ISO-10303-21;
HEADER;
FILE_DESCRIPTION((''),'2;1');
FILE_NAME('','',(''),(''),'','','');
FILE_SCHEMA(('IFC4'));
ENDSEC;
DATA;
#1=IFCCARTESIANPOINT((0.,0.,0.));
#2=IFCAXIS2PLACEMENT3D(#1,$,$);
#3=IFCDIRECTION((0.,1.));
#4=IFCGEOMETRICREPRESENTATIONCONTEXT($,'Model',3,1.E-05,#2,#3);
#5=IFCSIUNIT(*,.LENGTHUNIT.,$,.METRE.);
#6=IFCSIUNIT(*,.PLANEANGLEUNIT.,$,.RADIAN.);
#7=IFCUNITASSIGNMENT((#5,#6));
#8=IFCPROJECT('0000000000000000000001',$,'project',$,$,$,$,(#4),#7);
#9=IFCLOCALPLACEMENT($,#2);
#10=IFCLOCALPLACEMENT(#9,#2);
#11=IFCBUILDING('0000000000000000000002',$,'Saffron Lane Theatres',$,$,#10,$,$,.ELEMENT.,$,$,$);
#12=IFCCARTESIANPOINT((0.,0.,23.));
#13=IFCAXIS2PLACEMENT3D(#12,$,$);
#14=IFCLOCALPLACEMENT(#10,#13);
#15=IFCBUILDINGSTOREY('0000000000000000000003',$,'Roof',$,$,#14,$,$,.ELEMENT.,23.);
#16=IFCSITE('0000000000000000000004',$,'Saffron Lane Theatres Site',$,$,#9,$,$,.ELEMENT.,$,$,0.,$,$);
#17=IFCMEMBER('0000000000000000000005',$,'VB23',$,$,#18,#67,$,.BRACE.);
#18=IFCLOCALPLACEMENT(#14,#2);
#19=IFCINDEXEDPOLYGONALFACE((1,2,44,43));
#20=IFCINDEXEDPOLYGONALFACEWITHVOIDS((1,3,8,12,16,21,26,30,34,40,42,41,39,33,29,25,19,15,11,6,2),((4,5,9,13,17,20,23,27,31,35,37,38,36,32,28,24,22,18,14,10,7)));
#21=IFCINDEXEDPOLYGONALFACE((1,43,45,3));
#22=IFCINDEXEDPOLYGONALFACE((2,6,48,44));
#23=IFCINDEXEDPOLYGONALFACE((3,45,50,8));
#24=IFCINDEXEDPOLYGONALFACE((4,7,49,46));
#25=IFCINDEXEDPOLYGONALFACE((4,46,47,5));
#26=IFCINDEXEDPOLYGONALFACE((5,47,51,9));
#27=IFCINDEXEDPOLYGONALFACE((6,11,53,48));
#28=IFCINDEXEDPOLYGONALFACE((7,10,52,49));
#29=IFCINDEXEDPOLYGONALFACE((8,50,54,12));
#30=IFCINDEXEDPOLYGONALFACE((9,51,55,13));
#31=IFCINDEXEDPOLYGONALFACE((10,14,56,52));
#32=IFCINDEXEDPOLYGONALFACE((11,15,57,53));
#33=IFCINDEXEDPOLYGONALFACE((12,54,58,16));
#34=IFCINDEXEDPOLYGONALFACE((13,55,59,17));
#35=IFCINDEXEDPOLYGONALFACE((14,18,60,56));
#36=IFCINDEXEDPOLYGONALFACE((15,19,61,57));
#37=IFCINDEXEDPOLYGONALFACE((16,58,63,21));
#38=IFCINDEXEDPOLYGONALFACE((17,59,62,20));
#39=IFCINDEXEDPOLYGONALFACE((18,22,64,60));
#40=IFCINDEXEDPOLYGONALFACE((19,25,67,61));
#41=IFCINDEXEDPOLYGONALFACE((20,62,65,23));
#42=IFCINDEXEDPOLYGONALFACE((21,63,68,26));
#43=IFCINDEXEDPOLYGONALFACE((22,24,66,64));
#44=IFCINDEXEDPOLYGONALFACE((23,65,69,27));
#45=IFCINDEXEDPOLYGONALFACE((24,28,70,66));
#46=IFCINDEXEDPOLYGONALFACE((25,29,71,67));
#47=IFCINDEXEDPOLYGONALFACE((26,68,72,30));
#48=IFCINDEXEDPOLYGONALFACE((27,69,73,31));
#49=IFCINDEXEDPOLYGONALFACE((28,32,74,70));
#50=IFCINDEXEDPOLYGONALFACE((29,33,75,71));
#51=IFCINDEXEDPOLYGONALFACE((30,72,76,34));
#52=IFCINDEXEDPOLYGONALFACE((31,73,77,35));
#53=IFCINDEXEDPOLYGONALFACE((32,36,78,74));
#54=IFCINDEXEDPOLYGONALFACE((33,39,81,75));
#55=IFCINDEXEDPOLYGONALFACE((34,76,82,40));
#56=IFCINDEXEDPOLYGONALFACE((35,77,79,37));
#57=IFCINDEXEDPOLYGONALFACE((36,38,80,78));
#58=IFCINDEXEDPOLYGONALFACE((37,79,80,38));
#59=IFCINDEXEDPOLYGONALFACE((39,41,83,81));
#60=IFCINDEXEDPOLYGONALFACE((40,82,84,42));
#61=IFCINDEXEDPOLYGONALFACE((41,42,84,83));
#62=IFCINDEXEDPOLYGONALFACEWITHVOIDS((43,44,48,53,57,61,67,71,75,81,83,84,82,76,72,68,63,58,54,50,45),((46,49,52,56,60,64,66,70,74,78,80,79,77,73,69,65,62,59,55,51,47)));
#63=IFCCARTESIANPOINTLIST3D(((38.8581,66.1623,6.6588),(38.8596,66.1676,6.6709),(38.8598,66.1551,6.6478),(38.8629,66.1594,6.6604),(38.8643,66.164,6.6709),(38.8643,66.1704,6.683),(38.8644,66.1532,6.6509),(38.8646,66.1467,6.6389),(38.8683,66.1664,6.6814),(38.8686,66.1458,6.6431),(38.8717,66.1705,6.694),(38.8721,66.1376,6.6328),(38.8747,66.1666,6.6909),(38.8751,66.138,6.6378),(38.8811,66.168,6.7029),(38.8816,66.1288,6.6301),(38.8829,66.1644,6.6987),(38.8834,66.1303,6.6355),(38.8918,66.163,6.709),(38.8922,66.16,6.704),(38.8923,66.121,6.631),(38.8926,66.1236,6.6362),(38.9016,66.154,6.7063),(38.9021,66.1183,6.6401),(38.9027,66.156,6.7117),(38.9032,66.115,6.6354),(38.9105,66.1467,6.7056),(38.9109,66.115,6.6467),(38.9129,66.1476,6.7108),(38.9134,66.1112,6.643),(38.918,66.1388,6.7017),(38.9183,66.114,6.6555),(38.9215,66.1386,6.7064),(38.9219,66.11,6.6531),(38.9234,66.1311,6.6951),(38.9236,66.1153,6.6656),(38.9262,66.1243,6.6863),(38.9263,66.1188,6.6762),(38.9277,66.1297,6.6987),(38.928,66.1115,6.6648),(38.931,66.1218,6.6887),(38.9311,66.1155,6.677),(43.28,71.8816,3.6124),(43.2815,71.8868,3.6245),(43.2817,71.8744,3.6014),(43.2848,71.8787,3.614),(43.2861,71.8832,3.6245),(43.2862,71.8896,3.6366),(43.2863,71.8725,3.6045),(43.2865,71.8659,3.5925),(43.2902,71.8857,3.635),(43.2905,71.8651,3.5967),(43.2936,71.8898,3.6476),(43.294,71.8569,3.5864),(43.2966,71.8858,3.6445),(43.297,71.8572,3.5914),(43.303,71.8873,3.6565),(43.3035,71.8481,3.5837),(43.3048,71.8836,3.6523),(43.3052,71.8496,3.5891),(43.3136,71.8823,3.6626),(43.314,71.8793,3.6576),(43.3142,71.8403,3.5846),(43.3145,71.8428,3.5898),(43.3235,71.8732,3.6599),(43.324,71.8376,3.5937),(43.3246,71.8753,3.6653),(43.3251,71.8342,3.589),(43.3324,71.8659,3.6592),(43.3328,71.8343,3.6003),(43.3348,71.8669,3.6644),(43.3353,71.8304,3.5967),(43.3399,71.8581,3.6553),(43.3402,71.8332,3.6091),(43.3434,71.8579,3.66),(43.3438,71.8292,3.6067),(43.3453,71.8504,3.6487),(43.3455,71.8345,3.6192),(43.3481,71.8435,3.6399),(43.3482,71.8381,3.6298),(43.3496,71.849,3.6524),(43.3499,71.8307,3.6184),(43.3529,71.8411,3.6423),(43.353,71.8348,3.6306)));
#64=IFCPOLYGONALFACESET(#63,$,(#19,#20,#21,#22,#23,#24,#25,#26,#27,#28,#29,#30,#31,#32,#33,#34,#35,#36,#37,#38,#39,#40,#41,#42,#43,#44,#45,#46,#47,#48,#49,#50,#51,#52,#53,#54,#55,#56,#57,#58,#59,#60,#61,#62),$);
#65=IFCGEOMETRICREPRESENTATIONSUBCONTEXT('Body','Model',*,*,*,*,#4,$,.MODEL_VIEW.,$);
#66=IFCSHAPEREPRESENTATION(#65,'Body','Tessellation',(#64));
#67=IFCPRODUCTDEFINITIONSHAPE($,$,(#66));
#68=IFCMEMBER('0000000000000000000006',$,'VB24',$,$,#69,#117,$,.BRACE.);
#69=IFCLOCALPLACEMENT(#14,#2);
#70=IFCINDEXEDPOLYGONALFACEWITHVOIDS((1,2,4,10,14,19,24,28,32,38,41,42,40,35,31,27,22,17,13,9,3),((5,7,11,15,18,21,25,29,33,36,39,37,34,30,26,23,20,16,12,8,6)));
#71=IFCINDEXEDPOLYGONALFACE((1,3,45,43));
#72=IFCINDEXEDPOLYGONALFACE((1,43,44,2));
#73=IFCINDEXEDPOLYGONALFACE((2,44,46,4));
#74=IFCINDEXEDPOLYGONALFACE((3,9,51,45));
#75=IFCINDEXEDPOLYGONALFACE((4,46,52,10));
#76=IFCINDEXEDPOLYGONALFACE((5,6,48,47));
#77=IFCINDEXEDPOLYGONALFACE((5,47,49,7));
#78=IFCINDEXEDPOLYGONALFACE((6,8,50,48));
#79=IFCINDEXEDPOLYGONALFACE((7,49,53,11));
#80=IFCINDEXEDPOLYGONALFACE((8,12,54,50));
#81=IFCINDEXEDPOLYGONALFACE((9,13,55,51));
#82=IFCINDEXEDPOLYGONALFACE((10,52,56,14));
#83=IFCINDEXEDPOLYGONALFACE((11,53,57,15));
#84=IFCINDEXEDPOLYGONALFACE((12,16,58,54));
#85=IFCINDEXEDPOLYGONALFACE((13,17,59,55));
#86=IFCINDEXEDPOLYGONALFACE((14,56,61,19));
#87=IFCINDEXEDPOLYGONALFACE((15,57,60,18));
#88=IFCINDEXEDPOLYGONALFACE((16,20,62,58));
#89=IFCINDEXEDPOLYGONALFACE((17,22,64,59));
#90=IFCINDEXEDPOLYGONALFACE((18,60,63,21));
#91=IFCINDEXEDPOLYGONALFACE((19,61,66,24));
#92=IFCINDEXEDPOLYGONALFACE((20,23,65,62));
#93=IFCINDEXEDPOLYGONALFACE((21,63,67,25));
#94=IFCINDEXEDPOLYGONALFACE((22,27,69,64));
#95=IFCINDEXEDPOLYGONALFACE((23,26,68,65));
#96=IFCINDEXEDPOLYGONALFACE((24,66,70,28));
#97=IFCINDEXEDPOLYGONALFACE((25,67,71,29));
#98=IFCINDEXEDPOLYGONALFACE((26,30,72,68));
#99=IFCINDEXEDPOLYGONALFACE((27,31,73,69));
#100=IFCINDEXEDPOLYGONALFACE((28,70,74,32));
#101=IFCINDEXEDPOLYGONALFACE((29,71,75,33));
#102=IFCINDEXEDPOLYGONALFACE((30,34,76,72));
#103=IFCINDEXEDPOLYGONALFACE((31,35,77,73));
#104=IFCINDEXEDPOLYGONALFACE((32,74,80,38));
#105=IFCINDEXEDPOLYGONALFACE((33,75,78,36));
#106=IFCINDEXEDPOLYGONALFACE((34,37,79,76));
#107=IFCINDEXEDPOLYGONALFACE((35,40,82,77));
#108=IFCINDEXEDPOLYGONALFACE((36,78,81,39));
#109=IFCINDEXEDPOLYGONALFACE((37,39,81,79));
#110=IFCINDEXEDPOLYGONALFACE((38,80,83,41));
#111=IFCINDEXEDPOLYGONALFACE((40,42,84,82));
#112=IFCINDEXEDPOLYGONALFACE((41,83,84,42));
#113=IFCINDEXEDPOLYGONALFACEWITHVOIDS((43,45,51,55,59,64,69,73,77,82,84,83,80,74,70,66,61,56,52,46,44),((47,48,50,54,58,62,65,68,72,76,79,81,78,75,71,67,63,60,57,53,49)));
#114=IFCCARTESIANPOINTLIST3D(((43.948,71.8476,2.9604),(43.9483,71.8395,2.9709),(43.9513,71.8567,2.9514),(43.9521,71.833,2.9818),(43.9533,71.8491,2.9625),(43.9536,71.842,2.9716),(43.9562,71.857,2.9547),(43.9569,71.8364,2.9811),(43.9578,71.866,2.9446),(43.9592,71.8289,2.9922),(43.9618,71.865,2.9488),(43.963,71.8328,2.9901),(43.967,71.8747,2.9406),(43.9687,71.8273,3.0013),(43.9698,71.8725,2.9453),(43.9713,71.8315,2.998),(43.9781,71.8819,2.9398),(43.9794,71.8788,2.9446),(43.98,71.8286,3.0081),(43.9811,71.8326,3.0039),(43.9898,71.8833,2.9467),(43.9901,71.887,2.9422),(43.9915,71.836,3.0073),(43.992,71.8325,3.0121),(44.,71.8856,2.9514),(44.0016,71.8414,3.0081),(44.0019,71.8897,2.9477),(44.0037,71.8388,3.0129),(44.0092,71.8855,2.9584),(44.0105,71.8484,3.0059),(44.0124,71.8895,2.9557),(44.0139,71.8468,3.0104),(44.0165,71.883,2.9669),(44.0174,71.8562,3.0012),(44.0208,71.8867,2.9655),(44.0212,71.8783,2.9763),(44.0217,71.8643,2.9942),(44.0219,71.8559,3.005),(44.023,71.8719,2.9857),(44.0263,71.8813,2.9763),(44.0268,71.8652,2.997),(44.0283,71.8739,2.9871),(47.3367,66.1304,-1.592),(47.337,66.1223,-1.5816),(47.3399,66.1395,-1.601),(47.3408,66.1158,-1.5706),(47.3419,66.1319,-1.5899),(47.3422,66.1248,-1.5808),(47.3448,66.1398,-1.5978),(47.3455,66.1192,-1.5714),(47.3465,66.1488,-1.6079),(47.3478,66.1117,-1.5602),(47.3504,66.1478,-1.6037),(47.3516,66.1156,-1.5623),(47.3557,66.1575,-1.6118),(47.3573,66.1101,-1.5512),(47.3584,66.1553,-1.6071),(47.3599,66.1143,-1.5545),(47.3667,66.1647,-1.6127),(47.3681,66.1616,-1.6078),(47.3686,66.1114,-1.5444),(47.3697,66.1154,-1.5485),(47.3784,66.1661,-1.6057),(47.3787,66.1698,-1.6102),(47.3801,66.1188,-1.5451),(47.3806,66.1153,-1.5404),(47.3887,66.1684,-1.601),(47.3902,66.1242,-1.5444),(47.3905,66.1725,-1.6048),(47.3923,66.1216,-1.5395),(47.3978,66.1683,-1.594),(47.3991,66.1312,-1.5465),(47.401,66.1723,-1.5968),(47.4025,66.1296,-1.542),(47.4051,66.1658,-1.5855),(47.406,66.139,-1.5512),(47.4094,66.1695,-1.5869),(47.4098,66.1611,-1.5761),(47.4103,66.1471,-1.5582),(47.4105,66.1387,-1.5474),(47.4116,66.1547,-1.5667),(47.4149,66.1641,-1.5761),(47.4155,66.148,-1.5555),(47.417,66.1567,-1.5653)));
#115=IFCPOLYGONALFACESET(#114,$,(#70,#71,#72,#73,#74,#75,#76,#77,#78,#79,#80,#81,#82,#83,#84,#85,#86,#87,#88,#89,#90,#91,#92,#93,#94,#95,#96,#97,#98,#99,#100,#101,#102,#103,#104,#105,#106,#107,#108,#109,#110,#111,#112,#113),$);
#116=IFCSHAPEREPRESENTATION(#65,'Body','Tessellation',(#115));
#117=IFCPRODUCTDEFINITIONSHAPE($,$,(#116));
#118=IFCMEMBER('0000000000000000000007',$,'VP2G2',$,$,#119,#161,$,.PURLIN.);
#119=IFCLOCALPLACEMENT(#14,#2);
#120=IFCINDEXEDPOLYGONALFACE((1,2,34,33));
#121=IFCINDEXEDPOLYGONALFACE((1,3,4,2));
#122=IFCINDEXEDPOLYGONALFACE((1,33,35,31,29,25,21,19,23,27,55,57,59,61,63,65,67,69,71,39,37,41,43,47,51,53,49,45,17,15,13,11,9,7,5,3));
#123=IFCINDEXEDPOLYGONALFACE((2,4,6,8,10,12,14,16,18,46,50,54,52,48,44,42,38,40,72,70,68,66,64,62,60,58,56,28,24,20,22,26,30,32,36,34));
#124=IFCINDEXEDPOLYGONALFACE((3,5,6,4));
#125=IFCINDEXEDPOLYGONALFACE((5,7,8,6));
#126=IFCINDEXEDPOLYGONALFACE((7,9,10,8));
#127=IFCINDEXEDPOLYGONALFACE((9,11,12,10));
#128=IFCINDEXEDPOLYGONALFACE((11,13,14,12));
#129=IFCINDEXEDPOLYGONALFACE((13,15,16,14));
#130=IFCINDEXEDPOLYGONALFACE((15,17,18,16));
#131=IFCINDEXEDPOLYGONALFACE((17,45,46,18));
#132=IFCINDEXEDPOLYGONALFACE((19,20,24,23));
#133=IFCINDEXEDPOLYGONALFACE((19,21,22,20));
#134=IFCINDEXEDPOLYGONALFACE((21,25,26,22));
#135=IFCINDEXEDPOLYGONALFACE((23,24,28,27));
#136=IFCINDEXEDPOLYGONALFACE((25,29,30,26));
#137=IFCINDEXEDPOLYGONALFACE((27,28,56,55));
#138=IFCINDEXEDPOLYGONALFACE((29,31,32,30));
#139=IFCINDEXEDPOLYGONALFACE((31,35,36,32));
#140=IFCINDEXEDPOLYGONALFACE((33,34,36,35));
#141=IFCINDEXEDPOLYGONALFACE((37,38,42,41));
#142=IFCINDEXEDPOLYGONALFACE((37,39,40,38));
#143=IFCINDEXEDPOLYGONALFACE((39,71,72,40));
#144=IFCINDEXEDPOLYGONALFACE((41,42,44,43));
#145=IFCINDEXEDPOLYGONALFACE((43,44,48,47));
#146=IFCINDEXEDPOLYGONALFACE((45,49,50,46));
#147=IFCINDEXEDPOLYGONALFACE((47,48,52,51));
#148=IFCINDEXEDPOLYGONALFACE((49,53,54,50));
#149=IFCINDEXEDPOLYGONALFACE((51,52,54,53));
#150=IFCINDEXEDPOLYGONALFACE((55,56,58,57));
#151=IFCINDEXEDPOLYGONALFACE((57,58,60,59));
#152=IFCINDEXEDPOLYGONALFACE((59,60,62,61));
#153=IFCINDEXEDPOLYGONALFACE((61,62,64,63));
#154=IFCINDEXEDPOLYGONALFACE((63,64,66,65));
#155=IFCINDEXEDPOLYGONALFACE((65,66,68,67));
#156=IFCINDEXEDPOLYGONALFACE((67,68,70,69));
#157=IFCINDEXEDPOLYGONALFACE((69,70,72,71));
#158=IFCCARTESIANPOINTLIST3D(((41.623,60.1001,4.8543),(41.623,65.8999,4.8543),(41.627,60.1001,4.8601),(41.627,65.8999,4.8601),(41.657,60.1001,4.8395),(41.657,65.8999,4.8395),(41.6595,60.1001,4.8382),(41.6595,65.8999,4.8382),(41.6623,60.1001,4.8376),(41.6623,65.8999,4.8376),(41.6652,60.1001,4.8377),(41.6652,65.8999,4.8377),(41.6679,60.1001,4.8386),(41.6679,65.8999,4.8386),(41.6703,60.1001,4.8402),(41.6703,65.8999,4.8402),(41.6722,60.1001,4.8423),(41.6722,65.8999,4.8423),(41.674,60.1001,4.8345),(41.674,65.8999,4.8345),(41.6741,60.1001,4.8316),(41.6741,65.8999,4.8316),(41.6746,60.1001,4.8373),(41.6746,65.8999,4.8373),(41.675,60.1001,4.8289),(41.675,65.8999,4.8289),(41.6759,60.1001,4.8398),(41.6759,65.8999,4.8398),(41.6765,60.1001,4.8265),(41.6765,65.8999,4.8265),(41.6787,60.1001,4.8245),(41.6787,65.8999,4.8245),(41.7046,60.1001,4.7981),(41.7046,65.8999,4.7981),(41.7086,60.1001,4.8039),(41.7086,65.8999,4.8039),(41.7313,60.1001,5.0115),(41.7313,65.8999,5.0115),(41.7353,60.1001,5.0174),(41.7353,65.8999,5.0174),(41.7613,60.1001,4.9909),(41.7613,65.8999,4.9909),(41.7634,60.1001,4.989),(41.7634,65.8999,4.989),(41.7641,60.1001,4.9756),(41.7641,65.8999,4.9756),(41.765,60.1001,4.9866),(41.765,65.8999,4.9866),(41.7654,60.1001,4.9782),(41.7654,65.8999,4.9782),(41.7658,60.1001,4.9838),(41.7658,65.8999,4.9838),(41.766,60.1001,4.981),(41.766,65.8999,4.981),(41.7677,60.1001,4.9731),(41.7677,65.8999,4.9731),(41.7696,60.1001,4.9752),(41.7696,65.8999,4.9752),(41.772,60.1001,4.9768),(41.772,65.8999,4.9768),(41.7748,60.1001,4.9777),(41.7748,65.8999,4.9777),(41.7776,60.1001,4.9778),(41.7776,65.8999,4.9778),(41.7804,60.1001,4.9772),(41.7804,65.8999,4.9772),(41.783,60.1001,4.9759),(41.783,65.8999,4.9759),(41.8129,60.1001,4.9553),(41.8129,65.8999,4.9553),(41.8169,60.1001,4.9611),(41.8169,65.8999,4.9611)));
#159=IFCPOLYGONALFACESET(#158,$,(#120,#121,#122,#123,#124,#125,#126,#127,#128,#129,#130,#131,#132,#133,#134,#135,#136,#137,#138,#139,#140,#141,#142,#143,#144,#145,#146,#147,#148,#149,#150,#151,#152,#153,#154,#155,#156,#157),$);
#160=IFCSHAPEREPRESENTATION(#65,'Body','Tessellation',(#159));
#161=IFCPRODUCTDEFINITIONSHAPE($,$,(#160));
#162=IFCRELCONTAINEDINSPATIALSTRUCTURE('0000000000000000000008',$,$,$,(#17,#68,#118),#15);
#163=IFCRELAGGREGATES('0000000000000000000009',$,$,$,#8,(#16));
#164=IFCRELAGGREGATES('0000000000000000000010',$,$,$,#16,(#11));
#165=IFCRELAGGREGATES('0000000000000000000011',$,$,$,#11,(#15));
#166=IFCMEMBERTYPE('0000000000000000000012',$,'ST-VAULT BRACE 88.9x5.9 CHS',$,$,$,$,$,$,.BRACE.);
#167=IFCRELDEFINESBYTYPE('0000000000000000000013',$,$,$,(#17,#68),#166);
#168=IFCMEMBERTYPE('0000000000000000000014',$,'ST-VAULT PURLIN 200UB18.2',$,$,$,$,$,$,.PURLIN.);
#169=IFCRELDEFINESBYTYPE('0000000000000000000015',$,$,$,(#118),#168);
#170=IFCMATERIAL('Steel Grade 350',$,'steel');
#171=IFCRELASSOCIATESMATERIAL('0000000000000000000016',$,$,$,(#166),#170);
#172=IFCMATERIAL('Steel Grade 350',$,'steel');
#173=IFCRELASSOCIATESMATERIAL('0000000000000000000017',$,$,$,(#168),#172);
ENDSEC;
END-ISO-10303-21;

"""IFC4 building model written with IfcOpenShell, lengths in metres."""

from ifc_helpers import new_model, si_unit, direction, frame, origin, origin_2d, place, context, subcontext, project, spatial, hollow_circle, i_section, extrude, material, material_profile, profile_set, type_object, element, save


model = new_model("IFC4")

# Units and contexts
model_context = context("Model", 3, precision=1e-05, world=origin(), true_north=direction((0.0, 1.0)))
body_context = subcontext(model_context, "Body", "Model", "MODEL_VIEW")
ifc_project = project(units=[si_unit("LENGTHUNIT", "METRE"), si_unit("PLANEANGLEUNIT", "RADIAN")], contexts=[model_context])

# Site, building, storey
site_placement = place(None, origin())
site = spatial("IfcSite", under=ifc_project, at=site_placement, Name="Saffron Lane Theatres Site", CompositionType="ELEMENT", RefElevation=0.0)
building_placement = place(site_placement, origin())
building = spatial("IfcBuilding", under=site, at=building_placement, Name="Saffron Lane Theatres", CompositionType="ELEMENT")
storey_placement = place(building_placement, frame((0.0, 0.0, 23.0)))
storey = spatial("IfcBuildingStorey", under=building, at=storey_placement, Name="Roof", CompositionType="ELEMENT", Elevation=23.0)

# Members
ifc_material_1 = material(Name="Steel Grade 350", Category="steel")
ifc_material_profile_1 = material_profile(ifc_material_1, hollow_circle(Radius=0.0444, WallThickness=0.0059, at=origin_2d()))
ifc_profile_set_1 = profile_set([ifc_material_profile_1], Name="Steel Grade 350")
member_type_1 = type_object("IfcMemberType", Name="ST-VAULT BRACE 88.9x5.9 CHS", PredefinedType="BRACE", material=ifc_profile_set_1)
member_1_placement = place(storey_placement, frame((38.8948, 66.1404, 6.6709), z_axis=(0.563659, 0.729035, -0.388325), x_axis=(-0.79112, 0.611661, 0.0)))
element("IfcMember", 1, at=member_1_placement, inside=storey, type_object=member_type_1, Name="VB23", PredefinedType="BRACE", context=body_context, shape_type="SweptSolid", body=[
    extrude(hollow_circle(Radius=0.0444, WallThickness=0.0059, at=origin_2d()), origin(), (0.0, 0.0, 1.0), 7.845),
])
member_2_placement = place(storey_placement, frame((43.988, 71.8586, 2.9763), z_axis=(0.420651, -0.709712, -0.565121), x_axis=(0.860249, 0.509875, 0.0)))
element("IfcMember", 2, at=member_2_placement, inside=storey, type_object=member_type_1, Name="VB24", PredefinedType="BRACE", context=body_context, shape_type="SweptSolid", body=[
    extrude(hollow_circle(Radius=0.0444, WallThickness=0.0059, at=origin_2d()), origin(), (0.0, 0.0, 1.0), 8.0557),
])
ifc_material_2 = material(Name="Steel Grade 350", Category="steel")
ifc_material_profile_2 = material_profile(ifc_material_2, i_section(OverallWidth=0.0991, OverallDepth=0.198, WebThickness=0.0044, FlangeThickness=0.0071, FilletRadius=0.011, at=origin_2d()))
ifc_profile_set_2 = profile_set([ifc_material_profile_2], Name="Steel Grade 350")
member_type_2 = type_object("IfcMemberType", Name="ST-VAULT PURLIN 200UB18.2", PredefinedType="PURLIN", material=ifc_profile_set_2)
for number, where, z_axis, x_axis, name in (
    (3, (41.72, 60.1001, 4.9077), (0.0, 1.0, 0.0), (0.823487, 0.0, -0.567335), "VP2G2"),
):
    element("IfcMember", number, at=place(storey_placement, frame(where, z_axis=z_axis, x_axis=x_axis)), inside=storey, type_object=member_type_2, Name=name, PredefinedType="PURLIN", context=body_context, shape_type="SweptSolid", body=[
        extrude(i_section(OverallWidth=0.0991, OverallDepth=0.198, WebThickness=0.0044, FlangeThickness=0.0071, FilletRadius=0.011, at=origin_2d()), origin(), (0.0, 0.0, 1.0), 5.7998),
    ])

save(model, "model.ifc")
